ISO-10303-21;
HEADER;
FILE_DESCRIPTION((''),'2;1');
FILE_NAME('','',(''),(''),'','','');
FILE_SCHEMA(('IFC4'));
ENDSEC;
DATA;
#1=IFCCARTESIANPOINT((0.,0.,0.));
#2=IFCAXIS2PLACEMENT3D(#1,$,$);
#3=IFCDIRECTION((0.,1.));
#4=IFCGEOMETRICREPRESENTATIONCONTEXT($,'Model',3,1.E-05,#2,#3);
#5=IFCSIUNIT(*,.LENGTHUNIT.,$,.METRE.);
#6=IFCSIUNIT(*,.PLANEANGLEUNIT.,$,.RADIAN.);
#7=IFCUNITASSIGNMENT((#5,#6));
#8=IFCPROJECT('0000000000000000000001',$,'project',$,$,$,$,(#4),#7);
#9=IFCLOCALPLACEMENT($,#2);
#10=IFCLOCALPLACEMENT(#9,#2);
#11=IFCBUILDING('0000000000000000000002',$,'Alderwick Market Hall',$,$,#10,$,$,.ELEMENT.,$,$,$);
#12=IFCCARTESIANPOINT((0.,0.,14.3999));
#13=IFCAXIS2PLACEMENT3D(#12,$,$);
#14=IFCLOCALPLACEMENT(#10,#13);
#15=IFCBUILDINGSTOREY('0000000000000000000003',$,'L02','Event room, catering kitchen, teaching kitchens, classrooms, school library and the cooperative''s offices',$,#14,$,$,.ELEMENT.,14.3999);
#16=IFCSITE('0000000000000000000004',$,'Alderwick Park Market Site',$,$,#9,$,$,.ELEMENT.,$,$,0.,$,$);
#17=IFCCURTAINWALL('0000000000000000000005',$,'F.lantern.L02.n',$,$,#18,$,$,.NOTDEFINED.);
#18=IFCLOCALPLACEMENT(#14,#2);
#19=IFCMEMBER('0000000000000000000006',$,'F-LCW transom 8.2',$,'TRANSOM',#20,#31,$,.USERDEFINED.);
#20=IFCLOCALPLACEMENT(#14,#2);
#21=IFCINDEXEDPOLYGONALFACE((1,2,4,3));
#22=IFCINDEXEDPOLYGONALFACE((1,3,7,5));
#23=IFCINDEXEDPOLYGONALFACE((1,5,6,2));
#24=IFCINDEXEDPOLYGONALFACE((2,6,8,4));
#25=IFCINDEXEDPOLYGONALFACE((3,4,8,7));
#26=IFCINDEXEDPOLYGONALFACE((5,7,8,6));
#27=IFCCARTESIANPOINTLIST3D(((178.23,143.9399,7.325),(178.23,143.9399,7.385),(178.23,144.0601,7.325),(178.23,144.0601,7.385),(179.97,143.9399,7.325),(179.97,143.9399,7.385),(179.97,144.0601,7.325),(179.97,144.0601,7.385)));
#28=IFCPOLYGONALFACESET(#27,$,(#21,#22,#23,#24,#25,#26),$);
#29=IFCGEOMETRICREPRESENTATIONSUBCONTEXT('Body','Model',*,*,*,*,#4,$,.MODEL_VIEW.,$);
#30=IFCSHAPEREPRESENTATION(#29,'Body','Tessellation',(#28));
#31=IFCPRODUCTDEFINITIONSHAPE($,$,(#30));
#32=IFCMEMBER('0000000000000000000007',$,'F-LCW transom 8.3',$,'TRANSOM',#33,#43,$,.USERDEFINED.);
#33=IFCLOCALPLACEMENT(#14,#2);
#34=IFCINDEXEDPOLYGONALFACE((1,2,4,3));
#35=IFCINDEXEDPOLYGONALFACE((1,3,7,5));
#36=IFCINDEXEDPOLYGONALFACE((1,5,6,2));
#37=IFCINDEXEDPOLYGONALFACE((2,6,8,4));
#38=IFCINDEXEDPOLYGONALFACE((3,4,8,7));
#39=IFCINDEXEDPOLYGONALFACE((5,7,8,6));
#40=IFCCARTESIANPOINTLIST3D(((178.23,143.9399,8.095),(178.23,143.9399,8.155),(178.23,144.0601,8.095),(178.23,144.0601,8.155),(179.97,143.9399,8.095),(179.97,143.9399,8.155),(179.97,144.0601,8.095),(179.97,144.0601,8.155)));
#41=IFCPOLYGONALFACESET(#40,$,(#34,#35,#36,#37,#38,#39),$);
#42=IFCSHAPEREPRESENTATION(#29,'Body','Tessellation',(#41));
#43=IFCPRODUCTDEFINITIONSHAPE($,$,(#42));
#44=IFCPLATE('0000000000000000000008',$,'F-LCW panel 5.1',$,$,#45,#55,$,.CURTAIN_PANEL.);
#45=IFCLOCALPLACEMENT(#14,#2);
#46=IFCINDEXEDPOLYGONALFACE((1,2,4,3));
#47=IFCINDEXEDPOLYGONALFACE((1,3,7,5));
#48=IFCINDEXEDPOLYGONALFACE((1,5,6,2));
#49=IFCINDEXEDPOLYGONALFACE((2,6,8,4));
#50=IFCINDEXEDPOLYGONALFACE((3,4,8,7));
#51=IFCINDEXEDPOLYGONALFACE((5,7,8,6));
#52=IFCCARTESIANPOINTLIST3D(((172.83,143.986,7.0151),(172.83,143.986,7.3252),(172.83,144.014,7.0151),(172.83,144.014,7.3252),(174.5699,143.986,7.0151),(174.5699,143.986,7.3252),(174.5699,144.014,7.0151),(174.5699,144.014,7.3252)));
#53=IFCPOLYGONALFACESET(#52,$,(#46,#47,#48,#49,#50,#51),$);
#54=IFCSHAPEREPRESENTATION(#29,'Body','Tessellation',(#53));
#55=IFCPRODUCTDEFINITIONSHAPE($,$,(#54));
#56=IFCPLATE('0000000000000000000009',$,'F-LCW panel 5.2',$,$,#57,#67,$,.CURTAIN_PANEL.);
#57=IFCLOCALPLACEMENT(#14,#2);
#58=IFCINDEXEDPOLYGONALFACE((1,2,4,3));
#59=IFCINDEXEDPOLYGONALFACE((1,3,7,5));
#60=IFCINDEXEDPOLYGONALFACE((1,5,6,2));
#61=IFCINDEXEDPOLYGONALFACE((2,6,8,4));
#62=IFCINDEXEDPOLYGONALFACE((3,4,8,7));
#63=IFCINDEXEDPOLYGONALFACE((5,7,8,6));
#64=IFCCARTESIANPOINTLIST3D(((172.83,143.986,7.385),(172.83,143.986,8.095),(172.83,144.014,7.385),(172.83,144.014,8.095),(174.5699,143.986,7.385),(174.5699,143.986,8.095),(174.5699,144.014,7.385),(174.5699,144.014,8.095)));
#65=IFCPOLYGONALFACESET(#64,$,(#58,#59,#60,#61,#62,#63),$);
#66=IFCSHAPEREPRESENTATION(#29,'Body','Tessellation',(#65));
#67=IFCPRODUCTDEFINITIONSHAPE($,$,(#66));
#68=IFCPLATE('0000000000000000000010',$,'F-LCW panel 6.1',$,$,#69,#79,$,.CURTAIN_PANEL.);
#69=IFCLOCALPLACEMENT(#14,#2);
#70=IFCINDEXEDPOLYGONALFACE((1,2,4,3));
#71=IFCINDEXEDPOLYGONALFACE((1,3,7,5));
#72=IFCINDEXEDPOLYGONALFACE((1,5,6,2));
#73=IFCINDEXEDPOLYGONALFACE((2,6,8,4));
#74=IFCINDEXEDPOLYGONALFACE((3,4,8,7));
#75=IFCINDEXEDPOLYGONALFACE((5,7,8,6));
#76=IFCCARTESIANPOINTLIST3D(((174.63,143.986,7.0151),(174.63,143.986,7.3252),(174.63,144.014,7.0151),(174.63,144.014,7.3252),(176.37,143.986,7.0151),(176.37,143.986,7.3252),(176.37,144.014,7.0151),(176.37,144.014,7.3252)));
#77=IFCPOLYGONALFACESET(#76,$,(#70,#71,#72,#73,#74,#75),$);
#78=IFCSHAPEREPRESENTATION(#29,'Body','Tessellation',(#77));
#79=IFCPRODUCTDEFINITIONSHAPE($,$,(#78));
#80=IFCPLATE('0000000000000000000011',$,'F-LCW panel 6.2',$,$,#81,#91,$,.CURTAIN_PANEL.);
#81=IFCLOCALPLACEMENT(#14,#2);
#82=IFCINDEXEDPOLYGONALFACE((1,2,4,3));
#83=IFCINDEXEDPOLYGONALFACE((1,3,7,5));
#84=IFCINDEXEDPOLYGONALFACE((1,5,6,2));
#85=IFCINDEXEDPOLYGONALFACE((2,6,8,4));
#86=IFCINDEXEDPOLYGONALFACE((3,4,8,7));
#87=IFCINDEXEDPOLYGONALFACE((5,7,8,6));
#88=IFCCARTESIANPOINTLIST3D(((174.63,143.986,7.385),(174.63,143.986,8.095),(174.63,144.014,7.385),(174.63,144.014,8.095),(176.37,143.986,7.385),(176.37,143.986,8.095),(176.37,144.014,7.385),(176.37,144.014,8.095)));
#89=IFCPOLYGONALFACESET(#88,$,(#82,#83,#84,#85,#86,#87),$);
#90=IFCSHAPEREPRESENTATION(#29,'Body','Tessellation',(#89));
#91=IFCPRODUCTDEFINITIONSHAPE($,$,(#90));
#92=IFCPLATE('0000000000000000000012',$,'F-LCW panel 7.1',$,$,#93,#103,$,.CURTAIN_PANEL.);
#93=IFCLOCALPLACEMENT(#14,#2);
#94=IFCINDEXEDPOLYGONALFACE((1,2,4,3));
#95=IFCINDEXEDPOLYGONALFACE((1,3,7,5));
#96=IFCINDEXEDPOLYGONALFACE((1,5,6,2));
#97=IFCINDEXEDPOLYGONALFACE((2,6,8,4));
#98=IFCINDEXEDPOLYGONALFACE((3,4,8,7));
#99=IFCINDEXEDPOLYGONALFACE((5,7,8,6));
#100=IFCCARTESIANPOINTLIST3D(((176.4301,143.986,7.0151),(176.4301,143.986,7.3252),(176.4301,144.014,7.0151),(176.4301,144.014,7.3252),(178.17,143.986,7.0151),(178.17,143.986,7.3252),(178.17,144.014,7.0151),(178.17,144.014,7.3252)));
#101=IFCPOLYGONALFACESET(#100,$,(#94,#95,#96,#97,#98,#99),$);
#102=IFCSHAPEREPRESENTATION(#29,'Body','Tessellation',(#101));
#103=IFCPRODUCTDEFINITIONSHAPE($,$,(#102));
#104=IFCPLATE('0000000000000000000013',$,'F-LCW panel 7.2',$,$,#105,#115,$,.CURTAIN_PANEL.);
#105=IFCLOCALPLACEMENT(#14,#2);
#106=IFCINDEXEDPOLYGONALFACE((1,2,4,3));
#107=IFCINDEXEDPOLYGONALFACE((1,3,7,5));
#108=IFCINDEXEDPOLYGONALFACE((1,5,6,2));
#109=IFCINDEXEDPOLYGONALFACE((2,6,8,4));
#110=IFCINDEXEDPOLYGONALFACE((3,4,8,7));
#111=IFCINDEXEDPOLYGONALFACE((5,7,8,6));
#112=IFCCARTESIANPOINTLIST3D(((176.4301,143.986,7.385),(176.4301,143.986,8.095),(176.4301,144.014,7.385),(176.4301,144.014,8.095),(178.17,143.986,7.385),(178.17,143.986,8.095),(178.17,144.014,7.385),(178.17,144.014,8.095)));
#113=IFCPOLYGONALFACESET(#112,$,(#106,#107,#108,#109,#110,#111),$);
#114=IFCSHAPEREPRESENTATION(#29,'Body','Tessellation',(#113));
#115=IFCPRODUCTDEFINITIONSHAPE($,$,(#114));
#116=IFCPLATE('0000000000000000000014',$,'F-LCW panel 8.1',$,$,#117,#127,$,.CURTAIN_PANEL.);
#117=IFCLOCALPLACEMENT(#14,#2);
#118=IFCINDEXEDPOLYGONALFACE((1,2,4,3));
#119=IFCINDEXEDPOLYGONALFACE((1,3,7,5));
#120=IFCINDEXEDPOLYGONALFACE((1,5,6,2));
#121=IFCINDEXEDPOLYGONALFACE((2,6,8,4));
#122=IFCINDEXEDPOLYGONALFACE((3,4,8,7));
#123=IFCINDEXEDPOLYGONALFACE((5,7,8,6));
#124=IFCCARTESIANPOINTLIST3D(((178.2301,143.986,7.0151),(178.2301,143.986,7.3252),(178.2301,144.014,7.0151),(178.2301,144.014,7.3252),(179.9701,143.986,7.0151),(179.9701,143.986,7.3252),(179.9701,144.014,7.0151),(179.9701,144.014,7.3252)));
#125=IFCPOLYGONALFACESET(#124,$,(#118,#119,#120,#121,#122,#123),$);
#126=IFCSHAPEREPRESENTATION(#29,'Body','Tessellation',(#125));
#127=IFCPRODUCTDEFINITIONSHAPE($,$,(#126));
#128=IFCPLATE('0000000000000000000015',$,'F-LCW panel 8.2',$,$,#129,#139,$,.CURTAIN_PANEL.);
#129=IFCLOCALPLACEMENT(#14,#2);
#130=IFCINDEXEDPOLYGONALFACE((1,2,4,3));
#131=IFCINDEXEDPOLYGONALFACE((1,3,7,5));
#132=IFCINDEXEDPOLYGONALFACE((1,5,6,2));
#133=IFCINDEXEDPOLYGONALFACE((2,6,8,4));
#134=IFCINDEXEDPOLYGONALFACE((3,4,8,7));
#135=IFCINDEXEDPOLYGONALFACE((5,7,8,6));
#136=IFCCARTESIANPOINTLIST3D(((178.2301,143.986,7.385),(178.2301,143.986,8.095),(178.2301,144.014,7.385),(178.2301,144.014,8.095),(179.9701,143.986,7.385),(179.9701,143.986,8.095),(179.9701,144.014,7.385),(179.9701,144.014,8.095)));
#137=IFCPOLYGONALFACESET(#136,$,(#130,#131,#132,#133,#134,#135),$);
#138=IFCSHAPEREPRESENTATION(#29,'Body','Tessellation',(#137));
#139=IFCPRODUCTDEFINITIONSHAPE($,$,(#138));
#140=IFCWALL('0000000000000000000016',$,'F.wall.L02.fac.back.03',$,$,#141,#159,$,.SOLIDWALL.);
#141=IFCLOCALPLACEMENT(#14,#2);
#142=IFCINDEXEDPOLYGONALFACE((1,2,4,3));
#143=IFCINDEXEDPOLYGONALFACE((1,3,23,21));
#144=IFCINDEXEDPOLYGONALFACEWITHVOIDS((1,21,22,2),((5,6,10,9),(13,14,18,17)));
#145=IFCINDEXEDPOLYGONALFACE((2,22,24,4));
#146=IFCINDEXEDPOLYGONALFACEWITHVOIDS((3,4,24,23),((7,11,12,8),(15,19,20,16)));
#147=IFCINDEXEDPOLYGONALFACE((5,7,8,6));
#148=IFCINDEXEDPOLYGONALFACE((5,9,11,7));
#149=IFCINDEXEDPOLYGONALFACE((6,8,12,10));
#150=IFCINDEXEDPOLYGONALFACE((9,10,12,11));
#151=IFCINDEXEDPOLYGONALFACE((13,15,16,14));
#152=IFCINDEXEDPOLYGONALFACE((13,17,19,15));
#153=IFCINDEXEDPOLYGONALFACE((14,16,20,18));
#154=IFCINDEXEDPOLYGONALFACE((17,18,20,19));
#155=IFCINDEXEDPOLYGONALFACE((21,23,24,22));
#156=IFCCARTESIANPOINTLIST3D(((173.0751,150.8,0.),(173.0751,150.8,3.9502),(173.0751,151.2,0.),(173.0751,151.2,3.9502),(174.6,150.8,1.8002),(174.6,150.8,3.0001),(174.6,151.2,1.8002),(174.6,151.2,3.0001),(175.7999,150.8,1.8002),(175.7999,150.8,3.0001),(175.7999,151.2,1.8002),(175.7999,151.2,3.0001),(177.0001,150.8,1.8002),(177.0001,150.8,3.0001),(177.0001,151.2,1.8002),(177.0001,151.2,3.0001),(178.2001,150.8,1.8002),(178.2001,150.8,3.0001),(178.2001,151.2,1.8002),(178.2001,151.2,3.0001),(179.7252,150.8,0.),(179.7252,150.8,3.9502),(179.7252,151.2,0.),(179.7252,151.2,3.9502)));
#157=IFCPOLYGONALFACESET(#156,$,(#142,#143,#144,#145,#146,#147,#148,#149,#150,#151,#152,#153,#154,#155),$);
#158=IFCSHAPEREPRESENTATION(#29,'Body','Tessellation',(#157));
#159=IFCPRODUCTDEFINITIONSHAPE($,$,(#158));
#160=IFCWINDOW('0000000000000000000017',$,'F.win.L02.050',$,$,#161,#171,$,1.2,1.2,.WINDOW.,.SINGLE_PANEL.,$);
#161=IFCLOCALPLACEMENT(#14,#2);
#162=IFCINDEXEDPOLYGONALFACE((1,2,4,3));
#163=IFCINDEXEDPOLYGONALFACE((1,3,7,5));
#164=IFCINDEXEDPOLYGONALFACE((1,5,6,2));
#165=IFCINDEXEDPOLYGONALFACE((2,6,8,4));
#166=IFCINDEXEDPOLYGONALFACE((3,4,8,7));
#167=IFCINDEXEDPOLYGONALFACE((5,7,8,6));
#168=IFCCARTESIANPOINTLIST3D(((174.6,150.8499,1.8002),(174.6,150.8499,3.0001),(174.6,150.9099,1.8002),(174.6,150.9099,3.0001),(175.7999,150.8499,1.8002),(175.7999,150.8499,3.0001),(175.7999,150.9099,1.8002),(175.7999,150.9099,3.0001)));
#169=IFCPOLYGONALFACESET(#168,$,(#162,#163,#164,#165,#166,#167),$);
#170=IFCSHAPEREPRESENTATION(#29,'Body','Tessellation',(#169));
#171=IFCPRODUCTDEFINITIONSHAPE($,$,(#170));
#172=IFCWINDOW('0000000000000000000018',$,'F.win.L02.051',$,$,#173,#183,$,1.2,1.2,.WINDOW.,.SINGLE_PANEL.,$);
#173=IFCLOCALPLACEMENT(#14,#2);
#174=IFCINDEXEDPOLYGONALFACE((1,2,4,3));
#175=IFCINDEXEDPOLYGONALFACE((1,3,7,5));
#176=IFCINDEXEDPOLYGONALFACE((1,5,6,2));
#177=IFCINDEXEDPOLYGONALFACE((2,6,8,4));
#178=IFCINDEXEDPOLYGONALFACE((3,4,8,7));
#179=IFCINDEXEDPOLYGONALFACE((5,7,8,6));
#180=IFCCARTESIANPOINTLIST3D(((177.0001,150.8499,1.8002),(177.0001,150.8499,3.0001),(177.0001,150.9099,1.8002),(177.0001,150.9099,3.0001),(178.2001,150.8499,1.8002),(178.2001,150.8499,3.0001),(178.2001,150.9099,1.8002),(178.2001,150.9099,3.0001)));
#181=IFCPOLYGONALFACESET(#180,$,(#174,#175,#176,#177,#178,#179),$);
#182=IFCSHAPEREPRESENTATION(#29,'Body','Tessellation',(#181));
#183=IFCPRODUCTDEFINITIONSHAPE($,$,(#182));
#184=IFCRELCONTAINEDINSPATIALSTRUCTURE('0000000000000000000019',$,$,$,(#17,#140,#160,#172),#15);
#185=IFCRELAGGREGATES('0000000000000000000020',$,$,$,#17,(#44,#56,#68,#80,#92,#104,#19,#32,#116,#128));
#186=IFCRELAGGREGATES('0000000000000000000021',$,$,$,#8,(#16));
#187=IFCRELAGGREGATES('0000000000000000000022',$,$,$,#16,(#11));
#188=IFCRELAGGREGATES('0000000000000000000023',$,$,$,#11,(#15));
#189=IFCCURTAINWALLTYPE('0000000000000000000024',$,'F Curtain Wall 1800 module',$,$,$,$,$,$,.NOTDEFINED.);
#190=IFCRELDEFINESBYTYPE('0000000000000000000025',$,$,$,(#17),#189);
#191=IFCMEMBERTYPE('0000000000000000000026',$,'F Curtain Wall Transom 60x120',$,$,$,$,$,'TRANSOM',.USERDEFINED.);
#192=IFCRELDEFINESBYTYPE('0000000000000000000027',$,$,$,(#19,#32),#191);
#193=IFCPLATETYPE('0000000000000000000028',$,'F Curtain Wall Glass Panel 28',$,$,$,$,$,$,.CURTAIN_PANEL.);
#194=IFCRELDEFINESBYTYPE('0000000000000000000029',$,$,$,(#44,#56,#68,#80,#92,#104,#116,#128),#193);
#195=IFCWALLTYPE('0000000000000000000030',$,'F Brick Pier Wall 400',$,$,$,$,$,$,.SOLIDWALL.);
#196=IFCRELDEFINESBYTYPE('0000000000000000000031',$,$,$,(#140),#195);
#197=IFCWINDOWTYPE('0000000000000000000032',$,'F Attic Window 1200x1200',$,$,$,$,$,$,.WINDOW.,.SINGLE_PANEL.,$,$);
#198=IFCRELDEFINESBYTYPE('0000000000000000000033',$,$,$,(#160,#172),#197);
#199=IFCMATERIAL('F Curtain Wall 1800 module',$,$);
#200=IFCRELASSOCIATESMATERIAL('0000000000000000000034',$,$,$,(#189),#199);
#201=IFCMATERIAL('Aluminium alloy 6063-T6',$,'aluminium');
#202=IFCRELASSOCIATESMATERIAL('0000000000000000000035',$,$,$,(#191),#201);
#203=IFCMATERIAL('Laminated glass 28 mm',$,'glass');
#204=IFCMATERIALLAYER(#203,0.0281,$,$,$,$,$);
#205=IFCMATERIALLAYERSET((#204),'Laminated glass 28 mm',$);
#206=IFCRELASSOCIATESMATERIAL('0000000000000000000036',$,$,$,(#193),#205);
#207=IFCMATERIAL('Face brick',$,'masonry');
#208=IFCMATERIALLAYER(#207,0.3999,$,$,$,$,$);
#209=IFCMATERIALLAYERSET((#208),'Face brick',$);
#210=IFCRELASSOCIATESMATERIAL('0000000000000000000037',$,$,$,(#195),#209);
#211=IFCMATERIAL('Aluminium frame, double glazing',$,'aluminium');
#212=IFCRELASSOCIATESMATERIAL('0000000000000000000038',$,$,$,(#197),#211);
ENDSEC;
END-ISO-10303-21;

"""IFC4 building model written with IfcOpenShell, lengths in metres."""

from ifc_helpers import new_model, si_unit, direction, frame, frame_2d, origin, origin_2d, place, context, subcontext, project, spatial, rectangle, extrude, material, layer, layer_set, material_profile, profile_set, type_object, element, fill, aggregate, save


model = new_model("IFC4")

# Units and contexts
model_context = context("Model", 3, precision=1e-05, world=origin(), true_north=direction((0.0, 1.0)))
body_context = subcontext(model_context, "Body", "Model", "MODEL_VIEW")
ifc_project = project(units=[si_unit("LENGTHUNIT", "METRE"), si_unit("PLANEANGLEUNIT", "RADIAN")], contexts=[model_context])

# Site, building, storey
site_placement = place(None, origin())
site = spatial("IfcSite", under=ifc_project, at=site_placement, Name="Alderwick Park Market Site", CompositionType="ELEMENT", RefElevation=0.0)
building_placement = place(site_placement, origin())
building = spatial("IfcBuilding", under=site, at=building_placement, Name="Alderwick Market Hall", CompositionType="ELEMENT")
storey_placement = place(building_placement, frame((0.0, 0.0, 14.3999)))
storey = spatial("IfcBuildingStorey", under=building, at=storey_placement, Name="L02", Description="Event room, catering kitchen, teaching kitchens, classrooms, school library and the cooperative's offices", CompositionType="ELEMENT", Elevation=14.3999)

# Curtain wall, members, plates
ifc_material_1 = material(Name="F Curtain Wall 1800 module")
curtain_wall_type = type_object("IfcCurtainWallType", Name="F Curtain Wall 1800 module", PredefinedType="NOTDEFINED", material=ifc_material_1)
curtain_wall_placement = place(storey_placement, origin())
curtain_wall = element("IfcCurtainWall", 1, at=curtain_wall_placement, inside=storey, type_object=curtain_wall_type, Name="F.lantern.L02.n", PredefinedType="NOTDEFINED")
ifc_material_2 = material(Name="Aluminium alloy 6063-T6", Category="aluminium")
ifc_material_profile_1 = material_profile(ifc_material_2, rectangle(XDim=0.1201, YDim=0.0601, at=origin_2d()), Name="AL 60x120")
ifc_profile_set_1 = profile_set([ifc_material_profile_1], Name="Aluminium alloy 6063-T6")
member_type_1 = type_object("IfcMemberType", Name="F Curtain Wall Transom 60x120", ElementType="TRANSOM", PredefinedType="USERDEFINED", material=ifc_profile_set_1)
member_1_placement = place(storey_placement, frame((178.23, 144.0, 7.355), z_axis=(1.0, 0.0, 0.0), x_axis=(0.0, 1.0, 0.0)))
member_1 = element("IfcMember", 2, at=member_1_placement, type_object=member_type_1, Name="F-LCW transom 8.2", ObjectType="TRANSOM", PredefinedType="USERDEFINED", context=body_context, shape_type="SweptSolid", body=[
    extrude(rectangle(XDim=0.1201, YDim=0.0601, at=origin_2d()), origin(), (0.0, 0.0, 1.0), 1.74),
])
member_2_placement = place(storey_placement, frame((178.23, 144.0, 8.125), z_axis=(1.0, 0.0, 0.0), x_axis=(0.0, 1.0, 0.0)))
member_2 = element("IfcMember", 3, at=member_2_placement, type_object=member_type_1, Name="F-LCW transom 8.3", ObjectType="TRANSOM", PredefinedType="USERDEFINED", context=body_context, shape_type="SweptSolid", body=[
    extrude(rectangle(XDim=0.1201, YDim=0.0601, at=origin_2d()), origin(), (0.0, 0.0, 1.0), 1.74),
])
ifc_material_3 = material(Name="Laminated glass 28 mm", Category="glass")
ifc_layer_1 = layer(ifc_material_3, 0.0281)
ifc_layer_set_1 = layer_set([ifc_layer_1], Name="Laminated glass 28 mm")
plate_type = type_object("IfcPlateType", Name="F Curtain Wall Glass Panel 28", PredefinedType="CURTAIN_PANEL", material=ifc_layer_set_1)
plate_1_placement = place(storey_placement, frame((173.7, 144.0, 7.0151), z_axis=(0.0, 0.0, 1.0), x_axis=(1.0, 0.0, 0.0)))
plate_1 = element("IfcPlate", 4, at=plate_1_placement, type_object=plate_type, Name="F-LCW panel 5.1", PredefinedType="CURTAIN_PANEL", context=body_context, shape_type="SweptSolid", body=[
    extrude(rectangle(XDim=1.74, YDim=0.0281, at=origin_2d()), origin(), (0.0, 0.0, 1.0), 0.3101),
])
plate_2_placement = place(storey_placement, frame((173.7, 144.0, 7.385), z_axis=(0.0, 0.0, 1.0), x_axis=(1.0, 0.0, 0.0)))
plate_2 = element("IfcPlate", 5, at=plate_2_placement, type_object=plate_type, Name="F-LCW panel 5.2", PredefinedType="CURTAIN_PANEL", context=body_context, shape_type="SweptSolid", body=[
    extrude(rectangle(XDim=1.74, YDim=0.0281, at=origin_2d()), origin(), (0.0, 0.0, 1.0), 0.71),
])
plate_3_placement = place(storey_placement, frame((175.5, 144.0, 7.0151), z_axis=(0.0, 0.0, 1.0), x_axis=(1.0, 0.0, 0.0)))
plate_3 = element("IfcPlate", 6, at=plate_3_placement, type_object=plate_type, Name="F-LCW panel 6.1", PredefinedType="CURTAIN_PANEL", context=body_context, shape_type="SweptSolid", body=[
    extrude(rectangle(XDim=1.74, YDim=0.0281, at=origin_2d()), origin(), (0.0, 0.0, 1.0), 0.3101),
])
plate_4_placement = place(storey_placement, frame((175.5, 144.0, 7.385), z_axis=(0.0, 0.0, 1.0), x_axis=(1.0, 0.0, 0.0)))
plate_4 = element("IfcPlate", 7, at=plate_4_placement, type_object=plate_type, Name="F-LCW panel 6.2", PredefinedType="CURTAIN_PANEL", context=body_context, shape_type="SweptSolid", body=[
    extrude(rectangle(XDim=1.74, YDim=0.0281, at=origin_2d()), origin(), (0.0, 0.0, 1.0), 0.71),
])
plate_5_placement = place(storey_placement, frame((177.3, 144.0, 7.0151), z_axis=(0.0, 0.0, 1.0), x_axis=(1.0, 0.0, 0.0)))
plate_5 = element("IfcPlate", 8, at=plate_5_placement, type_object=plate_type, Name="F-LCW panel 7.1", PredefinedType="CURTAIN_PANEL", context=body_context, shape_type="SweptSolid", body=[
    extrude(rectangle(XDim=1.74, YDim=0.0281, at=origin_2d()), origin(), (0.0, 0.0, 1.0), 0.3101),
])
plate_6_placement = place(storey_placement, frame((177.3, 144.0, 7.385), z_axis=(0.0, 0.0, 1.0), x_axis=(1.0, 0.0, 0.0)))
plate_6 = element("IfcPlate", 9, at=plate_6_placement, type_object=plate_type, Name="F-LCW panel 7.2", PredefinedType="CURTAIN_PANEL", context=body_context, shape_type="SweptSolid", body=[
    extrude(rectangle(XDim=1.74, YDim=0.0281, at=origin_2d()), origin(), (0.0, 0.0, 1.0), 0.71),
])
plate_7_placement = place(storey_placement, frame((179.1001, 144.0, 7.0151), z_axis=(0.0, 0.0, 1.0), x_axis=(1.0, 0.0, 0.0)))
plate_7 = element("IfcPlate", 10, at=plate_7_placement, type_object=plate_type, Name="F-LCW panel 8.1", PredefinedType="CURTAIN_PANEL", context=body_context, shape_type="SweptSolid", body=[
    extrude(rectangle(XDim=1.74, YDim=0.0281, at=origin_2d()), origin(), (0.0, 0.0, 1.0), 0.3101),
])
plate_8_placement = place(storey_placement, frame((179.1001, 144.0, 7.385), z_axis=(0.0, 0.0, 1.0), x_axis=(1.0, 0.0, 0.0)))
plate_8 = element("IfcPlate", 11, at=plate_8_placement, type_object=plate_type, Name="F-LCW panel 8.2", PredefinedType="CURTAIN_PANEL", context=body_context, shape_type="SweptSolid", body=[
    extrude(rectangle(XDim=1.74, YDim=0.0281, at=origin_2d()), origin(), (0.0, 0.0, 1.0), 0.71),
])
aggregate(curtain_wall, [plate_1, plate_2, plate_3, plate_4, plate_5, plate_6, member_1, member_2, plate_7, plate_8])

# Wall, openings, windows
ifc_material_4 = material(Name="Face brick", Category="masonry")
ifc_layer_2 = layer(ifc_material_4, 0.3999)
ifc_layer_set_2 = layer_set([ifc_layer_2], Name="Face brick")
wall_type = type_object("IfcWallType", Name="F Brick Pier Wall 400", PredefinedType="SOLIDWALL", material=ifc_layer_set_2)
wall_placement = place(storey_placement, frame((173.075, 151.0, 0.0), z_axis=(0.0, 0.0, 1.0), x_axis=(1.0, 0.0, 0.0)))
wall = element("IfcWall", 12, at=wall_placement, inside=storey, type_object=wall_type, Name="F.wall.L02.fac.back.03", PredefinedType="SOLIDWALL", context=body_context, shape_type="SweptSolid", body=[
    extrude(rectangle(XDim=6.6501, YDim=0.3999, at=frame_2d((3.3252, 0.0))), origin(), (0.0, 0.0, 1.0), 3.9502),
])
opening_1_placement = place(wall_placement, frame((1.5249, 0.0, 1.8)))
opening_1 = element("IfcOpeningElement", 13, at=opening_1_placement, cuts=wall, PredefinedType="OPENING", context=body_context, shape_type="SweptSolid", body=[
    extrude(rectangle(XDim=1.2, YDim=1.2, at=frame_2d((0.6001, 0.6001))), frame((0.0, 0.21, 0.0), z_axis=(0.0, -1.0, 0.0), x_axis=(1.0, 0.0, 0.0)), (0.0, 0.0, 1.0), 0.4199),
])
opening_2_placement = place(wall_placement, frame((3.925, 0.0, 1.8)))
opening_2 = element("IfcOpeningElement", 14, at=opening_2_placement, cuts=wall, PredefinedType="OPENING", context=body_context, shape_type="SweptSolid", body=[
    extrude(rectangle(XDim=1.2, YDim=1.2, at=frame_2d((0.6001, 0.6001))), frame((0.0, 0.21, 0.0), z_axis=(0.0, -1.0, 0.0), x_axis=(1.0, 0.0, 0.0)), (0.0, 0.0, 1.0), 0.4199),
])
ifc_material_5 = material(Name="Aluminium frame, double glazing", Category="aluminium")
window_type = type_object("IfcWindowType", Name="F Attic Window 1200x1200", PartitioningType="SINGLE_PANEL", PredefinedType="WINDOW", material=ifc_material_5)
window_1_placement = place(opening_1_placement, origin())
window_1 = element("IfcWindow", 15, at=window_1_placement, inside=storey, type_object=window_type, Name="F.win.L02.050", OverallHeight=1.2, OverallWidth=1.2, PartitioningType="SINGLE_PANEL", PredefinedType="WINDOW", context=body_context, shape_type="SweptSolid", body=[
    extrude(rectangle(XDim=1.2, YDim=1.2, at=frame_2d((0.6001, 0.6001))), frame((0.0, -0.0901, 0.0), z_axis=(0.0, -1.0, 0.0), x_axis=(1.0, 0.0, 0.0)), (0.0, 0.0, 1.0), 0.0601),
])
fill(opening_1, window_1)
window_2_placement = place(opening_2_placement, origin())
window_2 = element("IfcWindow", 16, at=window_2_placement, inside=storey, type_object=window_type, Name="F.win.L02.051", OverallHeight=1.2, OverallWidth=1.2, PartitioningType="SINGLE_PANEL", PredefinedType="WINDOW", context=body_context, shape_type="SweptSolid", body=[
    extrude(rectangle(XDim=1.2, YDim=1.2, at=frame_2d((0.6001, 0.6001))), frame((0.0, -0.0901, 0.0), z_axis=(0.0, -1.0, 0.0), x_axis=(1.0, 0.0, 0.0)), (0.0, 0.0, 1.0), 0.0601),
])
fill(opening_2, window_2)

save(model, "model.ifc")
